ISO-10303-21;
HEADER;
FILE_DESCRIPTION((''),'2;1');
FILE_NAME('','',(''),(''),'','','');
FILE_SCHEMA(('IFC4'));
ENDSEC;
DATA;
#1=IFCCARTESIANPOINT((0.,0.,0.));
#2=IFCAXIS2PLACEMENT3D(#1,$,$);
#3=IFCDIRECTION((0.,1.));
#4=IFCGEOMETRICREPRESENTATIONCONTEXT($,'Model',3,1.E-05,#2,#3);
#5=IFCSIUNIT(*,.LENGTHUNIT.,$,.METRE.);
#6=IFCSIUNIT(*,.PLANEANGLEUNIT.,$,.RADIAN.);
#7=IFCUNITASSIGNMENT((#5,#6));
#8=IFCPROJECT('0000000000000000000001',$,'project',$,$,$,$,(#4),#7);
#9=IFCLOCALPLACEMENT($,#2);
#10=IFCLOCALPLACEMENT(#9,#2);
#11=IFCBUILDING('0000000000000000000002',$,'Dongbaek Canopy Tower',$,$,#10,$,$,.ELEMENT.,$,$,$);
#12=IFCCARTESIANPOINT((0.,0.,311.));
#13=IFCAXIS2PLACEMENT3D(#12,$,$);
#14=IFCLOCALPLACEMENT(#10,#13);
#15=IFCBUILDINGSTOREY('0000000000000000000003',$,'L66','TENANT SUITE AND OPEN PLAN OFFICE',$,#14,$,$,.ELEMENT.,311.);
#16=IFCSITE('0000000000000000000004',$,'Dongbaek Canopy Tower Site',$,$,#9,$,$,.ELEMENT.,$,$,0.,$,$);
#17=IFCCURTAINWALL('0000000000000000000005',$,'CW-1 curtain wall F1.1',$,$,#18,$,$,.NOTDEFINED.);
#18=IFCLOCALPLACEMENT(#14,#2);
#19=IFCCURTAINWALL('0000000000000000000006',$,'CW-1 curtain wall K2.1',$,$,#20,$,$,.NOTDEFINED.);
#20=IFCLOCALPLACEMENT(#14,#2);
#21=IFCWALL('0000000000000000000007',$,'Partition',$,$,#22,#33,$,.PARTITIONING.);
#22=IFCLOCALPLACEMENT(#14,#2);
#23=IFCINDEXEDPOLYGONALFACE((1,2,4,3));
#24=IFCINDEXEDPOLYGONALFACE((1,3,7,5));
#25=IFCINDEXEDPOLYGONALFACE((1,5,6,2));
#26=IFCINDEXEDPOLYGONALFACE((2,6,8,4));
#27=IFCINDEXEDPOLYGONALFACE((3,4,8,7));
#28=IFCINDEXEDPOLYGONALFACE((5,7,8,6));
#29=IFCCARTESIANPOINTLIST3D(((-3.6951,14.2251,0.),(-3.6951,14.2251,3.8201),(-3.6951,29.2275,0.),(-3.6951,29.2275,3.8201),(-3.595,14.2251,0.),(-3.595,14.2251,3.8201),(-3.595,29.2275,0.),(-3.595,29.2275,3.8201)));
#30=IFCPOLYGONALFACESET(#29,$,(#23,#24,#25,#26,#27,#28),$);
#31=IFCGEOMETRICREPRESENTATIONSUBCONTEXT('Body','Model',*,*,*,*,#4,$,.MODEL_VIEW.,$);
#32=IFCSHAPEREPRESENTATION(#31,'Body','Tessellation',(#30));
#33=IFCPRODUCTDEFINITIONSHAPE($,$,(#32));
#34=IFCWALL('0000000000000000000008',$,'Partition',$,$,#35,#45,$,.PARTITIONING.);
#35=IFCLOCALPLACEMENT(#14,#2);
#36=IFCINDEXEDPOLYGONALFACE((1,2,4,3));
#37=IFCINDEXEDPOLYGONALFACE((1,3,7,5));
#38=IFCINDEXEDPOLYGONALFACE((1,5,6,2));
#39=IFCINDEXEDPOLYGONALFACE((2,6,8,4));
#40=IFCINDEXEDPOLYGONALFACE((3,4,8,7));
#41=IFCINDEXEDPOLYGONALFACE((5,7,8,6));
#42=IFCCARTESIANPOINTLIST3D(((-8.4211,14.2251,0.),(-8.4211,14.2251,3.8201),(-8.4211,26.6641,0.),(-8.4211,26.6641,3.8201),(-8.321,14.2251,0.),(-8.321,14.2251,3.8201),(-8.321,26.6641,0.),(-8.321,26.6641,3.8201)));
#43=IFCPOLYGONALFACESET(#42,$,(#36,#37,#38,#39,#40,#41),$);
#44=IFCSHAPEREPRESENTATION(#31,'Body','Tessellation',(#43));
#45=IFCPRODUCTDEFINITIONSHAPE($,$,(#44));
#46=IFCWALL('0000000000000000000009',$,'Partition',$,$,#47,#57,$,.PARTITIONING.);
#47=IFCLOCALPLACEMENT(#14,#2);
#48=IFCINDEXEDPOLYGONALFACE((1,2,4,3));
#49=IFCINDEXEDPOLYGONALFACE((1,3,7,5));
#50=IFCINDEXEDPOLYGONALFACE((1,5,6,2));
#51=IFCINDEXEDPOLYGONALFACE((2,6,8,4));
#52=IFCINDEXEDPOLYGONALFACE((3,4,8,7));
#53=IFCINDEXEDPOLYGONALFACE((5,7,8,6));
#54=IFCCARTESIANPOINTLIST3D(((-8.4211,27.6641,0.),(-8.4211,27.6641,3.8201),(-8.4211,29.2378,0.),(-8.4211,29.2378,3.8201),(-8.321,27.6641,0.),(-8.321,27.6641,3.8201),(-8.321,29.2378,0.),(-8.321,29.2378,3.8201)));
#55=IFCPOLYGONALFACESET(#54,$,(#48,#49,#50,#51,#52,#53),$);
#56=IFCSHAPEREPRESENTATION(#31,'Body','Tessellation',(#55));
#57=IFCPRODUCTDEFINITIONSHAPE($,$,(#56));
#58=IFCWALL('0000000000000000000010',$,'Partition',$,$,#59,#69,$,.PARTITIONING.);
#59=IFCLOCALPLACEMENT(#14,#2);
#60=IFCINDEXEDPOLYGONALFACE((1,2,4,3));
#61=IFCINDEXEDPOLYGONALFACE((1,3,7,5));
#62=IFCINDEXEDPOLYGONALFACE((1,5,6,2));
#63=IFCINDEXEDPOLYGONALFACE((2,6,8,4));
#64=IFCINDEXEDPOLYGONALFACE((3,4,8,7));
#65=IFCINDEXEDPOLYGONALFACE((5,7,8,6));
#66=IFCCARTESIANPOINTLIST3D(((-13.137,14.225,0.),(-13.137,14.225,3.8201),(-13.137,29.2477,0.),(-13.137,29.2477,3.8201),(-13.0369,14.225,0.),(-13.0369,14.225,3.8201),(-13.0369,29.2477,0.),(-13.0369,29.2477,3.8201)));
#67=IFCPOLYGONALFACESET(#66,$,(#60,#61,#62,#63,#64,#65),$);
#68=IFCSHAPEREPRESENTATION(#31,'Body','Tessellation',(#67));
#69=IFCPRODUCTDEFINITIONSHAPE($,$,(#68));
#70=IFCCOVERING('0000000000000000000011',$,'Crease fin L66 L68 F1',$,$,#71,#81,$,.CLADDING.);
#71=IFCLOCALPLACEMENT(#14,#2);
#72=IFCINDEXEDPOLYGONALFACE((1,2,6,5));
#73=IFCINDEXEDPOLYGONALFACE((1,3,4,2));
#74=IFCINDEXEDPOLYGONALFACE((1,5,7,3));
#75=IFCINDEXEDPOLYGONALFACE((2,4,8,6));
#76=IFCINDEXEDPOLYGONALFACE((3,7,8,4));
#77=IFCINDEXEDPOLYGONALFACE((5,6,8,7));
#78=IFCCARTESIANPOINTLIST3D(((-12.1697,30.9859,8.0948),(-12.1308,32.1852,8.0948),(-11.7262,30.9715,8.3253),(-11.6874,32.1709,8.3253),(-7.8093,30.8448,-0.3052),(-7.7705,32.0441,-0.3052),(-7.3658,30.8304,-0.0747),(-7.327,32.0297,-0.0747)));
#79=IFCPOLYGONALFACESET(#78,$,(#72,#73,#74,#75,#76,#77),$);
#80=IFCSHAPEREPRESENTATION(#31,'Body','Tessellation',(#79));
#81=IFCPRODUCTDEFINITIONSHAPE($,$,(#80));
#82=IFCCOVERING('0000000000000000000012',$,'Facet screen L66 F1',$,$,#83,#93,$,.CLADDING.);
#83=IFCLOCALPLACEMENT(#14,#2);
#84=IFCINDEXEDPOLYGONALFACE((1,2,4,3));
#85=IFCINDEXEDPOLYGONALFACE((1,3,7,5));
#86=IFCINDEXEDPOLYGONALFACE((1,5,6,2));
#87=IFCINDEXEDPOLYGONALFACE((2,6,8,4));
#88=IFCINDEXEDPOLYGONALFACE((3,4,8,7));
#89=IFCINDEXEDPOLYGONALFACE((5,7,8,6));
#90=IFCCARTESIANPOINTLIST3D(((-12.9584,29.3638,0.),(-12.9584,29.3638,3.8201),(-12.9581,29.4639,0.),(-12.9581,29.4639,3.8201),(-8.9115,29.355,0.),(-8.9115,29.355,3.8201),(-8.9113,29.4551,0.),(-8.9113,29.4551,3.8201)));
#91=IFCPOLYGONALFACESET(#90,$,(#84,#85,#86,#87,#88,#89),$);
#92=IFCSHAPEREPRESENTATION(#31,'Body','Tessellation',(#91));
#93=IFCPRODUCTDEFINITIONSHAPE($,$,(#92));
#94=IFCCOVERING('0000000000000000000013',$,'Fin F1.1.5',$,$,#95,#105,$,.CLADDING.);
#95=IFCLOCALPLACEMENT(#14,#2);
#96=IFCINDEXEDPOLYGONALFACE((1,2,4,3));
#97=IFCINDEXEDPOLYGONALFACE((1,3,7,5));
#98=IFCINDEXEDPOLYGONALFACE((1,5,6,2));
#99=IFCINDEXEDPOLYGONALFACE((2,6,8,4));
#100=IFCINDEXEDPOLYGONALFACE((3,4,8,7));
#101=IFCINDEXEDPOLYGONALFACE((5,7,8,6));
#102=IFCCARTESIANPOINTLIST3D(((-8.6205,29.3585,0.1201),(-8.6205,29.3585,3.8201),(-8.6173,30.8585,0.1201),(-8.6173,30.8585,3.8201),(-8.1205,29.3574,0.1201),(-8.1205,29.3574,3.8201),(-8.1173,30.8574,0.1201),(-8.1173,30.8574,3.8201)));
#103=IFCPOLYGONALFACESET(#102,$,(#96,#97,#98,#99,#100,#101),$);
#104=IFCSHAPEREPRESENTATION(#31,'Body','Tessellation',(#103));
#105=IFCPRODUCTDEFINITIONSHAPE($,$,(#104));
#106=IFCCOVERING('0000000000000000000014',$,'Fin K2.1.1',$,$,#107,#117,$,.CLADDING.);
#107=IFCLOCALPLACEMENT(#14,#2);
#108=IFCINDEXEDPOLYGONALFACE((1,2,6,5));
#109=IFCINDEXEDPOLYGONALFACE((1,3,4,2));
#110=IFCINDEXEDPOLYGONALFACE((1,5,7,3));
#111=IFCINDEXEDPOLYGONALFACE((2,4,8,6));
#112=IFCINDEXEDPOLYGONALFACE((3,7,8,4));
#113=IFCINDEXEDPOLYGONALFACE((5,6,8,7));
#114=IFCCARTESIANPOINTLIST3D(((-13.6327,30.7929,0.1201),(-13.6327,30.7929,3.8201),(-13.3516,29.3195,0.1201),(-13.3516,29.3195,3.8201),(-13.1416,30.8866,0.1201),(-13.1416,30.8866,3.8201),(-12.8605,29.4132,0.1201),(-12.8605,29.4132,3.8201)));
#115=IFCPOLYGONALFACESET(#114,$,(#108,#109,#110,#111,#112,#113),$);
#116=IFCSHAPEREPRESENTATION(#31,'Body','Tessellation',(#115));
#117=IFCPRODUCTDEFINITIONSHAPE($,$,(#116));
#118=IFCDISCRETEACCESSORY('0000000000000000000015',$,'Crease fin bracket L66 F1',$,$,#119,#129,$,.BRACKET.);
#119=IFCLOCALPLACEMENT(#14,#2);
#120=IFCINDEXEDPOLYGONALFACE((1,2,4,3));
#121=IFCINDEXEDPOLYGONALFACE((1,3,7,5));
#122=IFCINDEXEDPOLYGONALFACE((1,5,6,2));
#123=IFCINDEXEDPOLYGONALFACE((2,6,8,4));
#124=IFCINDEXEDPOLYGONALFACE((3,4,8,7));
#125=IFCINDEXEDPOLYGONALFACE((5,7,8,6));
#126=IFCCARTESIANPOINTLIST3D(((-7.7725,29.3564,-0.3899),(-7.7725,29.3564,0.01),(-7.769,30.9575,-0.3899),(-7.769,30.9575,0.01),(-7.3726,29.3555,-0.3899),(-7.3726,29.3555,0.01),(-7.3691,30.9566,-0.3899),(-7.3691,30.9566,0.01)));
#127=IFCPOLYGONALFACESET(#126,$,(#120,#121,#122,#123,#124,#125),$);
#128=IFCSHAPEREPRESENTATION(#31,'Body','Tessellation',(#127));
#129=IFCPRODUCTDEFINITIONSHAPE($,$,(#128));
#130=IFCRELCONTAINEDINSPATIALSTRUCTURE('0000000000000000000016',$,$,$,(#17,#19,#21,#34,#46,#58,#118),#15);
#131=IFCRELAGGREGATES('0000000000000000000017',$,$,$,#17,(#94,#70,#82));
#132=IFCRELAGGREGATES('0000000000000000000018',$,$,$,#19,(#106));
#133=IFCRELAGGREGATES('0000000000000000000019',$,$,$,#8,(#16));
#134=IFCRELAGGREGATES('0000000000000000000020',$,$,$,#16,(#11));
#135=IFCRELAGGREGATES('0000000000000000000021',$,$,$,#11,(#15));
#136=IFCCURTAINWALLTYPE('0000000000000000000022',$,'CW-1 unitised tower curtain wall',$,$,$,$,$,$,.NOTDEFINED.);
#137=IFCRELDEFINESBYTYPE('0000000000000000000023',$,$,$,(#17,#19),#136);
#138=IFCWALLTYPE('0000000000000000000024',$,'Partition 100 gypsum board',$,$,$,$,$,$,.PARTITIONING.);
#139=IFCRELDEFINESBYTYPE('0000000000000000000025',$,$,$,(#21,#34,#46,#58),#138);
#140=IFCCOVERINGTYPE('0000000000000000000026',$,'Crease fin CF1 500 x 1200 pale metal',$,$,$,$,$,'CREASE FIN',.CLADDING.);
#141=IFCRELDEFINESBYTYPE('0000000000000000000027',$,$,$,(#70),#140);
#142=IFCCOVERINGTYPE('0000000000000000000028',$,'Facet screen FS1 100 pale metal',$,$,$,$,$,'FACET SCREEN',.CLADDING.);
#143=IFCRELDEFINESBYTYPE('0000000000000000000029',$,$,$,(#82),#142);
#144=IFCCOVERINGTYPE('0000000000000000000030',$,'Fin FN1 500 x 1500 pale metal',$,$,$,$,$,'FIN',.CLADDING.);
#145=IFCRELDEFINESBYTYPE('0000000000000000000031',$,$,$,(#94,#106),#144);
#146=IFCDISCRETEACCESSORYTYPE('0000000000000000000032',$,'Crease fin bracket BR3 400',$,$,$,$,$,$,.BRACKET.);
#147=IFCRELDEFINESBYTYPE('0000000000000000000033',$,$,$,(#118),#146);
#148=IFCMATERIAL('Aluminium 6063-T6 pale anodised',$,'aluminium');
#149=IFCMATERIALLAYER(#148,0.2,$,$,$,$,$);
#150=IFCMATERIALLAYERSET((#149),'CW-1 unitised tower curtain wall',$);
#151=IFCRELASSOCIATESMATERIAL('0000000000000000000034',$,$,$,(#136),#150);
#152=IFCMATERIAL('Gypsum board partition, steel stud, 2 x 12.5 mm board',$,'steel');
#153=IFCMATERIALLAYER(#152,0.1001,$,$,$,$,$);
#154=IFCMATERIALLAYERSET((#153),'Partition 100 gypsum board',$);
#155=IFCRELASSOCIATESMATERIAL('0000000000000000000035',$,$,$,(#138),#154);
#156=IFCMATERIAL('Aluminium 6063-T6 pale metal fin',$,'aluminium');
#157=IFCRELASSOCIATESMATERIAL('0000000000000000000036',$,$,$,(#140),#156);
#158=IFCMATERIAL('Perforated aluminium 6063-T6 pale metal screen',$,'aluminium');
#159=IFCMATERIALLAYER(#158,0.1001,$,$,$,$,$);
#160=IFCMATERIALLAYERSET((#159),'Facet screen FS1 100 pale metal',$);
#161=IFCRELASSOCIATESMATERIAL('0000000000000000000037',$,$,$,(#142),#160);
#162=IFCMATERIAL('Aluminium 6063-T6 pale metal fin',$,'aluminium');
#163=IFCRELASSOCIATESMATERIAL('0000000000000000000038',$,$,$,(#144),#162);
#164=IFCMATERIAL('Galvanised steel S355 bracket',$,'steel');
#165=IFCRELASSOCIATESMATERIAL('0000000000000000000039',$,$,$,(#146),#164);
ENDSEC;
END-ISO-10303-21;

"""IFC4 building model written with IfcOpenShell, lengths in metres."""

from ifc_helpers import new_model, si_unit, direction, frame, frame_2d, origin, origin_2d, place, context, subcontext, project, spatial, rectangle, extrude, material, layer, layer_set, material_profile, profile_set, type_object, element, aggregate, save


model = new_model("IFC4")

# Units and contexts
model_context = context("Model", 3, precision=1e-05, world=origin(), true_north=direction((0.0, 1.0)))
body_context = subcontext(model_context, "Body", "Model", "MODEL_VIEW")
ifc_project = project(units=[si_unit("LENGTHUNIT", "METRE"), si_unit("PLANEANGLEUNIT", "RADIAN")], contexts=[model_context])

# Site, building, storey
site_placement = place(None, origin())
site = spatial("IfcSite", under=ifc_project, at=site_placement, Name="Dongbaek Canopy Tower Site", CompositionType="ELEMENT", RefElevation=0.0)
building_placement = place(site_placement, origin())
building = spatial("IfcBuilding", under=site, at=building_placement, Name="Dongbaek Canopy Tower", CompositionType="ELEMENT")
storey_placement = place(building_placement, frame((0.0, 0.0, 311.0)))
storey = spatial("IfcBuildingStorey", under=building, at=storey_placement, Name="L66", Description="TENANT SUITE AND OPEN PLAN OFFICE", CompositionType="ELEMENT", Elevation=311.0)

# Curtain wall
ifc_material_1 = material(Name="Aluminium 6063-T6 pale anodised", Category="aluminium")
ifc_layer_1 = layer(ifc_material_1, 0.2)
ifc_layer_set_1 = layer_set([ifc_layer_1], Name="CW-1 unitised tower curtain wall")
curtain_wall_type = type_object("IfcCurtainWallType", Name="CW-1 unitised tower curtain wall", PredefinedType="NOTDEFINED", material=ifc_layer_set_1)
curtain_wall_1_placement = place(storey_placement, origin())
curtain_wall_1 = element("IfcCurtainWall", 1, at=curtain_wall_1_placement, inside=storey, type_object=curtain_wall_type, Name="CW-1 curtain wall F1.1", PredefinedType="NOTDEFINED")

# Curtain wall
curtain_wall_2_placement = place(storey_placement, origin())
curtain_wall_2 = element("IfcCurtainWall", 2, at=curtain_wall_2_placement, inside=storey, type_object=curtain_wall_type, Name="CW-1 curtain wall K2.1", PredefinedType="NOTDEFINED")

# Walls
ifc_material_2 = material(Name="Gypsum board partition, steel stud, 2 x 12.5 mm board", Category="steel")
ifc_layer_2 = layer(ifc_material_2, 0.1001)
ifc_layer_set_2 = layer_set([ifc_layer_2], Name="Partition 100 gypsum board")
wall_type = type_object("IfcWallType", Name="Partition 100 gypsum board", PredefinedType="PARTITIONING", material=ifc_layer_set_2)
wall_1_placement = place(storey_placement, frame((-3.645, 14.2251, 0.0), z_axis=(0.0, 0.0, 1.0), x_axis=(0.0, 1.0, 0.0)))
element("IfcWall", 3, at=wall_1_placement, inside=storey, type_object=wall_type, Name="Partition", PredefinedType="PARTITIONING", context=body_context, shape_type="SweptSolid", body=[
    extrude(rectangle(XDim=15.0024, YDim=0.1001, at=frame_2d((7.5012, 0.0))), origin(), (0.0, 0.0, 1.0), 3.8201),
])
wall_2_placement = place(storey_placement, frame((-8.3711, 14.2251, 0.0), z_axis=(0.0, 0.0, 1.0), x_axis=(0.0, 1.0, 0.0)))
element("IfcWall", 4, at=wall_2_placement, inside=storey, type_object=wall_type, Name="Partition", PredefinedType="PARTITIONING", context=body_context, shape_type="SweptSolid", body=[
    extrude(rectangle(XDim=12.439, YDim=0.1001, at=frame_2d((6.2195, 0.0))), origin(), (0.0, 0.0, 1.0), 3.8201),
])
wall_3_placement = place(storey_placement, frame((-8.3711, 27.6641, 0.0), z_axis=(0.0, 0.0, 1.0), x_axis=(0.0, 1.0, 0.0)))
element("IfcWall", 5, at=wall_3_placement, inside=storey, type_object=wall_type, Name="Partition", PredefinedType="PARTITIONING", context=body_context, shape_type="SweptSolid", body=[
    extrude(rectangle(XDim=1.5737, YDim=0.1001, at=frame_2d((0.7869, 0.0))), origin(), (0.0, 0.0, 1.0), 3.8201),
])
wall_4_placement = place(storey_placement, frame((-13.0869, 14.2251, 0.0), z_axis=(0.0, 0.0, 1.0), x_axis=(0.0, 1.0, 0.0)))
element("IfcWall", 6, at=wall_4_placement, inside=storey, type_object=wall_type, Name="Partition", PredefinedType="PARTITIONING", context=body_context, shape_type="SweptSolid", body=[
    extrude(rectangle(XDim=15.0227, YDim=0.1001, at=frame_2d((7.5112, 0.0))), origin(), (0.0, 0.0, 1.0), 3.8201),
])

# Coverings
ifc_material_3 = material(Name="Aluminium 6063-T6 pale metal fin", Category="aluminium")
ifc_material_profile_1 = material_profile(ifc_material_3, rectangle(XDim=1.2, YDim=0.5, at=origin_2d()), Name="Crease fin CF1 500 x 1200 pale metal")
ifc_profile_set_1 = profile_set([ifc_material_profile_1], Name="Aluminium 6063-T6 pale metal fin")
covering_type_1 = type_object("IfcCoveringType", Name="Crease fin CF1 500 x 1200 pale metal", ElementType="CREASE FIN", PredefinedType="CLADDING", material=ifc_profile_set_1)
covering_1_placement = place(storey_placement, frame((-7.5681, 31.4373, -0.1899), z_axis=(-0.46067, 0.014909, 0.887447), x_axis=(-0.032346, -0.999477, 0.0)))
covering_1 = element("IfcCovering", 7, at=covering_1_placement, type_object=covering_type_1, Name="Crease fin L66 L68 F1", PredefinedType="CLADDING", context=body_context, shape_type="SweptSolid", body=[
    extrude(rectangle(XDim=1.2, YDim=0.5, at=origin_2d()), origin(), (0.0, 0.0, 1.0), 9.4653),
])
ifc_material_4 = material(Name="Perforated aluminium 6063-T6 pale metal screen", Category="aluminium")
ifc_layer_3 = layer(ifc_material_4, 0.1001)
ifc_layer_set_3 = layer_set([ifc_layer_3], Name="Facet screen FS1 100 pale metal")
covering_type_2 = type_object("IfcCoveringType", Name="Facet screen FS1 100 pale metal", ElementType="FACET SCREEN", PredefinedType="CLADDING", material=ifc_layer_set_3)
covering_2_placement = place(storey_placement, frame((-10.9348, 29.4094, 0.0), z_axis=(0.0, 0.0, 1.0), x_axis=(-0.999998, 0.00218, 0.0)))
covering_2 = element("IfcCovering", 8, at=covering_2_placement, type_object=covering_type_2, Name="Facet screen L66 F1", PredefinedType="CLADDING", context=body_context, shape_type="SweptSolid", body=[
    extrude(rectangle(XDim=4.0469, YDim=0.1001, at=origin_2d()), origin(), (0.0, 0.0, 1.0), 3.8201),
])
ifc_material_5 = material(Name="Aluminium 6063-T6 pale metal fin", Category="aluminium")
ifc_material_profile_2 = material_profile(ifc_material_5, rectangle(XDim=1.5, YDim=0.5, at=origin_2d()), Name="Fin FN1 500 x 1500 pale metal")
ifc_profile_set_2 = profile_set([ifc_material_profile_2], Name="Aluminium 6063-T6 pale metal fin")
covering_type_3 = type_object("IfcCoveringType", Name="Fin FN1 500 x 1500 pale metal", ElementType="FIN", PredefinedType="CLADDING", material=ifc_profile_set_2)
covering_3_placement = place(storey_placement, frame((-8.3689, 30.1079, 0.1201), z_axis=(0.0, 0.0, 1.0), x_axis=(0.00218, 0.999998, 0.0)))
covering_3 = element("IfcCovering", 9, at=covering_3_placement, type_object=covering_type_3, Name="Fin F1.1.5", PredefinedType="CLADDING", context=body_context, shape_type="SweptSolid", body=[
    extrude(rectangle(XDim=1.5, YDim=0.5, at=origin_2d()), origin(), (0.0, 0.0, 1.0), 3.7),
])
aggregate(curtain_wall_1, [covering_3, covering_1, covering_2])
covering_4_placement = place(storey_placement, frame((-13.2466, 30.103, 0.1201), z_axis=(0.0, 0.0, 1.0), x_axis=(-0.187413, 0.982281, 0.0)))
covering_4 = element("IfcCovering", 10, at=covering_4_placement, type_object=covering_type_3, Name="Fin K2.1.1", PredefinedType="CLADDING", context=body_context, shape_type="SweptSolid", body=[
    extrude(rectangle(XDim=1.5, YDim=0.5, at=origin_2d()), origin(), (0.0, 0.0, 1.0), 3.7),
])
aggregate(curtain_wall_2, [covering_4])

# Discrete accessory
ifc_material_6 = material(Name="Galvanised steel S355 bracket", Category="steel")
discrete_accessory_type = type_object("IfcDiscreteAccessoryType", Name="Crease fin bracket BR3 400", PredefinedType="BRACKET", material=ifc_material_6)
discrete_accessory_placement = place(storey_placement, frame((-7.5708, 30.1565, -0.3899), z_axis=(0.0, 0.0, 1.0), x_axis=(0.00218, 0.999998, 0.0)))
element("IfcDiscreteAccessory", 11, at=discrete_accessory_placement, inside=storey, type_object=discrete_accessory_type, Name="Crease fin bracket L66 F1", PredefinedType="BRACKET", context=body_context, shape_type="SweptSolid", body=[
    extrude(rectangle(XDim=1.6011, YDim=0.3999, at=origin_2d()), origin(), (0.0, 0.0, 1.0), 0.3999),
])

save(model, "model.ifc")
